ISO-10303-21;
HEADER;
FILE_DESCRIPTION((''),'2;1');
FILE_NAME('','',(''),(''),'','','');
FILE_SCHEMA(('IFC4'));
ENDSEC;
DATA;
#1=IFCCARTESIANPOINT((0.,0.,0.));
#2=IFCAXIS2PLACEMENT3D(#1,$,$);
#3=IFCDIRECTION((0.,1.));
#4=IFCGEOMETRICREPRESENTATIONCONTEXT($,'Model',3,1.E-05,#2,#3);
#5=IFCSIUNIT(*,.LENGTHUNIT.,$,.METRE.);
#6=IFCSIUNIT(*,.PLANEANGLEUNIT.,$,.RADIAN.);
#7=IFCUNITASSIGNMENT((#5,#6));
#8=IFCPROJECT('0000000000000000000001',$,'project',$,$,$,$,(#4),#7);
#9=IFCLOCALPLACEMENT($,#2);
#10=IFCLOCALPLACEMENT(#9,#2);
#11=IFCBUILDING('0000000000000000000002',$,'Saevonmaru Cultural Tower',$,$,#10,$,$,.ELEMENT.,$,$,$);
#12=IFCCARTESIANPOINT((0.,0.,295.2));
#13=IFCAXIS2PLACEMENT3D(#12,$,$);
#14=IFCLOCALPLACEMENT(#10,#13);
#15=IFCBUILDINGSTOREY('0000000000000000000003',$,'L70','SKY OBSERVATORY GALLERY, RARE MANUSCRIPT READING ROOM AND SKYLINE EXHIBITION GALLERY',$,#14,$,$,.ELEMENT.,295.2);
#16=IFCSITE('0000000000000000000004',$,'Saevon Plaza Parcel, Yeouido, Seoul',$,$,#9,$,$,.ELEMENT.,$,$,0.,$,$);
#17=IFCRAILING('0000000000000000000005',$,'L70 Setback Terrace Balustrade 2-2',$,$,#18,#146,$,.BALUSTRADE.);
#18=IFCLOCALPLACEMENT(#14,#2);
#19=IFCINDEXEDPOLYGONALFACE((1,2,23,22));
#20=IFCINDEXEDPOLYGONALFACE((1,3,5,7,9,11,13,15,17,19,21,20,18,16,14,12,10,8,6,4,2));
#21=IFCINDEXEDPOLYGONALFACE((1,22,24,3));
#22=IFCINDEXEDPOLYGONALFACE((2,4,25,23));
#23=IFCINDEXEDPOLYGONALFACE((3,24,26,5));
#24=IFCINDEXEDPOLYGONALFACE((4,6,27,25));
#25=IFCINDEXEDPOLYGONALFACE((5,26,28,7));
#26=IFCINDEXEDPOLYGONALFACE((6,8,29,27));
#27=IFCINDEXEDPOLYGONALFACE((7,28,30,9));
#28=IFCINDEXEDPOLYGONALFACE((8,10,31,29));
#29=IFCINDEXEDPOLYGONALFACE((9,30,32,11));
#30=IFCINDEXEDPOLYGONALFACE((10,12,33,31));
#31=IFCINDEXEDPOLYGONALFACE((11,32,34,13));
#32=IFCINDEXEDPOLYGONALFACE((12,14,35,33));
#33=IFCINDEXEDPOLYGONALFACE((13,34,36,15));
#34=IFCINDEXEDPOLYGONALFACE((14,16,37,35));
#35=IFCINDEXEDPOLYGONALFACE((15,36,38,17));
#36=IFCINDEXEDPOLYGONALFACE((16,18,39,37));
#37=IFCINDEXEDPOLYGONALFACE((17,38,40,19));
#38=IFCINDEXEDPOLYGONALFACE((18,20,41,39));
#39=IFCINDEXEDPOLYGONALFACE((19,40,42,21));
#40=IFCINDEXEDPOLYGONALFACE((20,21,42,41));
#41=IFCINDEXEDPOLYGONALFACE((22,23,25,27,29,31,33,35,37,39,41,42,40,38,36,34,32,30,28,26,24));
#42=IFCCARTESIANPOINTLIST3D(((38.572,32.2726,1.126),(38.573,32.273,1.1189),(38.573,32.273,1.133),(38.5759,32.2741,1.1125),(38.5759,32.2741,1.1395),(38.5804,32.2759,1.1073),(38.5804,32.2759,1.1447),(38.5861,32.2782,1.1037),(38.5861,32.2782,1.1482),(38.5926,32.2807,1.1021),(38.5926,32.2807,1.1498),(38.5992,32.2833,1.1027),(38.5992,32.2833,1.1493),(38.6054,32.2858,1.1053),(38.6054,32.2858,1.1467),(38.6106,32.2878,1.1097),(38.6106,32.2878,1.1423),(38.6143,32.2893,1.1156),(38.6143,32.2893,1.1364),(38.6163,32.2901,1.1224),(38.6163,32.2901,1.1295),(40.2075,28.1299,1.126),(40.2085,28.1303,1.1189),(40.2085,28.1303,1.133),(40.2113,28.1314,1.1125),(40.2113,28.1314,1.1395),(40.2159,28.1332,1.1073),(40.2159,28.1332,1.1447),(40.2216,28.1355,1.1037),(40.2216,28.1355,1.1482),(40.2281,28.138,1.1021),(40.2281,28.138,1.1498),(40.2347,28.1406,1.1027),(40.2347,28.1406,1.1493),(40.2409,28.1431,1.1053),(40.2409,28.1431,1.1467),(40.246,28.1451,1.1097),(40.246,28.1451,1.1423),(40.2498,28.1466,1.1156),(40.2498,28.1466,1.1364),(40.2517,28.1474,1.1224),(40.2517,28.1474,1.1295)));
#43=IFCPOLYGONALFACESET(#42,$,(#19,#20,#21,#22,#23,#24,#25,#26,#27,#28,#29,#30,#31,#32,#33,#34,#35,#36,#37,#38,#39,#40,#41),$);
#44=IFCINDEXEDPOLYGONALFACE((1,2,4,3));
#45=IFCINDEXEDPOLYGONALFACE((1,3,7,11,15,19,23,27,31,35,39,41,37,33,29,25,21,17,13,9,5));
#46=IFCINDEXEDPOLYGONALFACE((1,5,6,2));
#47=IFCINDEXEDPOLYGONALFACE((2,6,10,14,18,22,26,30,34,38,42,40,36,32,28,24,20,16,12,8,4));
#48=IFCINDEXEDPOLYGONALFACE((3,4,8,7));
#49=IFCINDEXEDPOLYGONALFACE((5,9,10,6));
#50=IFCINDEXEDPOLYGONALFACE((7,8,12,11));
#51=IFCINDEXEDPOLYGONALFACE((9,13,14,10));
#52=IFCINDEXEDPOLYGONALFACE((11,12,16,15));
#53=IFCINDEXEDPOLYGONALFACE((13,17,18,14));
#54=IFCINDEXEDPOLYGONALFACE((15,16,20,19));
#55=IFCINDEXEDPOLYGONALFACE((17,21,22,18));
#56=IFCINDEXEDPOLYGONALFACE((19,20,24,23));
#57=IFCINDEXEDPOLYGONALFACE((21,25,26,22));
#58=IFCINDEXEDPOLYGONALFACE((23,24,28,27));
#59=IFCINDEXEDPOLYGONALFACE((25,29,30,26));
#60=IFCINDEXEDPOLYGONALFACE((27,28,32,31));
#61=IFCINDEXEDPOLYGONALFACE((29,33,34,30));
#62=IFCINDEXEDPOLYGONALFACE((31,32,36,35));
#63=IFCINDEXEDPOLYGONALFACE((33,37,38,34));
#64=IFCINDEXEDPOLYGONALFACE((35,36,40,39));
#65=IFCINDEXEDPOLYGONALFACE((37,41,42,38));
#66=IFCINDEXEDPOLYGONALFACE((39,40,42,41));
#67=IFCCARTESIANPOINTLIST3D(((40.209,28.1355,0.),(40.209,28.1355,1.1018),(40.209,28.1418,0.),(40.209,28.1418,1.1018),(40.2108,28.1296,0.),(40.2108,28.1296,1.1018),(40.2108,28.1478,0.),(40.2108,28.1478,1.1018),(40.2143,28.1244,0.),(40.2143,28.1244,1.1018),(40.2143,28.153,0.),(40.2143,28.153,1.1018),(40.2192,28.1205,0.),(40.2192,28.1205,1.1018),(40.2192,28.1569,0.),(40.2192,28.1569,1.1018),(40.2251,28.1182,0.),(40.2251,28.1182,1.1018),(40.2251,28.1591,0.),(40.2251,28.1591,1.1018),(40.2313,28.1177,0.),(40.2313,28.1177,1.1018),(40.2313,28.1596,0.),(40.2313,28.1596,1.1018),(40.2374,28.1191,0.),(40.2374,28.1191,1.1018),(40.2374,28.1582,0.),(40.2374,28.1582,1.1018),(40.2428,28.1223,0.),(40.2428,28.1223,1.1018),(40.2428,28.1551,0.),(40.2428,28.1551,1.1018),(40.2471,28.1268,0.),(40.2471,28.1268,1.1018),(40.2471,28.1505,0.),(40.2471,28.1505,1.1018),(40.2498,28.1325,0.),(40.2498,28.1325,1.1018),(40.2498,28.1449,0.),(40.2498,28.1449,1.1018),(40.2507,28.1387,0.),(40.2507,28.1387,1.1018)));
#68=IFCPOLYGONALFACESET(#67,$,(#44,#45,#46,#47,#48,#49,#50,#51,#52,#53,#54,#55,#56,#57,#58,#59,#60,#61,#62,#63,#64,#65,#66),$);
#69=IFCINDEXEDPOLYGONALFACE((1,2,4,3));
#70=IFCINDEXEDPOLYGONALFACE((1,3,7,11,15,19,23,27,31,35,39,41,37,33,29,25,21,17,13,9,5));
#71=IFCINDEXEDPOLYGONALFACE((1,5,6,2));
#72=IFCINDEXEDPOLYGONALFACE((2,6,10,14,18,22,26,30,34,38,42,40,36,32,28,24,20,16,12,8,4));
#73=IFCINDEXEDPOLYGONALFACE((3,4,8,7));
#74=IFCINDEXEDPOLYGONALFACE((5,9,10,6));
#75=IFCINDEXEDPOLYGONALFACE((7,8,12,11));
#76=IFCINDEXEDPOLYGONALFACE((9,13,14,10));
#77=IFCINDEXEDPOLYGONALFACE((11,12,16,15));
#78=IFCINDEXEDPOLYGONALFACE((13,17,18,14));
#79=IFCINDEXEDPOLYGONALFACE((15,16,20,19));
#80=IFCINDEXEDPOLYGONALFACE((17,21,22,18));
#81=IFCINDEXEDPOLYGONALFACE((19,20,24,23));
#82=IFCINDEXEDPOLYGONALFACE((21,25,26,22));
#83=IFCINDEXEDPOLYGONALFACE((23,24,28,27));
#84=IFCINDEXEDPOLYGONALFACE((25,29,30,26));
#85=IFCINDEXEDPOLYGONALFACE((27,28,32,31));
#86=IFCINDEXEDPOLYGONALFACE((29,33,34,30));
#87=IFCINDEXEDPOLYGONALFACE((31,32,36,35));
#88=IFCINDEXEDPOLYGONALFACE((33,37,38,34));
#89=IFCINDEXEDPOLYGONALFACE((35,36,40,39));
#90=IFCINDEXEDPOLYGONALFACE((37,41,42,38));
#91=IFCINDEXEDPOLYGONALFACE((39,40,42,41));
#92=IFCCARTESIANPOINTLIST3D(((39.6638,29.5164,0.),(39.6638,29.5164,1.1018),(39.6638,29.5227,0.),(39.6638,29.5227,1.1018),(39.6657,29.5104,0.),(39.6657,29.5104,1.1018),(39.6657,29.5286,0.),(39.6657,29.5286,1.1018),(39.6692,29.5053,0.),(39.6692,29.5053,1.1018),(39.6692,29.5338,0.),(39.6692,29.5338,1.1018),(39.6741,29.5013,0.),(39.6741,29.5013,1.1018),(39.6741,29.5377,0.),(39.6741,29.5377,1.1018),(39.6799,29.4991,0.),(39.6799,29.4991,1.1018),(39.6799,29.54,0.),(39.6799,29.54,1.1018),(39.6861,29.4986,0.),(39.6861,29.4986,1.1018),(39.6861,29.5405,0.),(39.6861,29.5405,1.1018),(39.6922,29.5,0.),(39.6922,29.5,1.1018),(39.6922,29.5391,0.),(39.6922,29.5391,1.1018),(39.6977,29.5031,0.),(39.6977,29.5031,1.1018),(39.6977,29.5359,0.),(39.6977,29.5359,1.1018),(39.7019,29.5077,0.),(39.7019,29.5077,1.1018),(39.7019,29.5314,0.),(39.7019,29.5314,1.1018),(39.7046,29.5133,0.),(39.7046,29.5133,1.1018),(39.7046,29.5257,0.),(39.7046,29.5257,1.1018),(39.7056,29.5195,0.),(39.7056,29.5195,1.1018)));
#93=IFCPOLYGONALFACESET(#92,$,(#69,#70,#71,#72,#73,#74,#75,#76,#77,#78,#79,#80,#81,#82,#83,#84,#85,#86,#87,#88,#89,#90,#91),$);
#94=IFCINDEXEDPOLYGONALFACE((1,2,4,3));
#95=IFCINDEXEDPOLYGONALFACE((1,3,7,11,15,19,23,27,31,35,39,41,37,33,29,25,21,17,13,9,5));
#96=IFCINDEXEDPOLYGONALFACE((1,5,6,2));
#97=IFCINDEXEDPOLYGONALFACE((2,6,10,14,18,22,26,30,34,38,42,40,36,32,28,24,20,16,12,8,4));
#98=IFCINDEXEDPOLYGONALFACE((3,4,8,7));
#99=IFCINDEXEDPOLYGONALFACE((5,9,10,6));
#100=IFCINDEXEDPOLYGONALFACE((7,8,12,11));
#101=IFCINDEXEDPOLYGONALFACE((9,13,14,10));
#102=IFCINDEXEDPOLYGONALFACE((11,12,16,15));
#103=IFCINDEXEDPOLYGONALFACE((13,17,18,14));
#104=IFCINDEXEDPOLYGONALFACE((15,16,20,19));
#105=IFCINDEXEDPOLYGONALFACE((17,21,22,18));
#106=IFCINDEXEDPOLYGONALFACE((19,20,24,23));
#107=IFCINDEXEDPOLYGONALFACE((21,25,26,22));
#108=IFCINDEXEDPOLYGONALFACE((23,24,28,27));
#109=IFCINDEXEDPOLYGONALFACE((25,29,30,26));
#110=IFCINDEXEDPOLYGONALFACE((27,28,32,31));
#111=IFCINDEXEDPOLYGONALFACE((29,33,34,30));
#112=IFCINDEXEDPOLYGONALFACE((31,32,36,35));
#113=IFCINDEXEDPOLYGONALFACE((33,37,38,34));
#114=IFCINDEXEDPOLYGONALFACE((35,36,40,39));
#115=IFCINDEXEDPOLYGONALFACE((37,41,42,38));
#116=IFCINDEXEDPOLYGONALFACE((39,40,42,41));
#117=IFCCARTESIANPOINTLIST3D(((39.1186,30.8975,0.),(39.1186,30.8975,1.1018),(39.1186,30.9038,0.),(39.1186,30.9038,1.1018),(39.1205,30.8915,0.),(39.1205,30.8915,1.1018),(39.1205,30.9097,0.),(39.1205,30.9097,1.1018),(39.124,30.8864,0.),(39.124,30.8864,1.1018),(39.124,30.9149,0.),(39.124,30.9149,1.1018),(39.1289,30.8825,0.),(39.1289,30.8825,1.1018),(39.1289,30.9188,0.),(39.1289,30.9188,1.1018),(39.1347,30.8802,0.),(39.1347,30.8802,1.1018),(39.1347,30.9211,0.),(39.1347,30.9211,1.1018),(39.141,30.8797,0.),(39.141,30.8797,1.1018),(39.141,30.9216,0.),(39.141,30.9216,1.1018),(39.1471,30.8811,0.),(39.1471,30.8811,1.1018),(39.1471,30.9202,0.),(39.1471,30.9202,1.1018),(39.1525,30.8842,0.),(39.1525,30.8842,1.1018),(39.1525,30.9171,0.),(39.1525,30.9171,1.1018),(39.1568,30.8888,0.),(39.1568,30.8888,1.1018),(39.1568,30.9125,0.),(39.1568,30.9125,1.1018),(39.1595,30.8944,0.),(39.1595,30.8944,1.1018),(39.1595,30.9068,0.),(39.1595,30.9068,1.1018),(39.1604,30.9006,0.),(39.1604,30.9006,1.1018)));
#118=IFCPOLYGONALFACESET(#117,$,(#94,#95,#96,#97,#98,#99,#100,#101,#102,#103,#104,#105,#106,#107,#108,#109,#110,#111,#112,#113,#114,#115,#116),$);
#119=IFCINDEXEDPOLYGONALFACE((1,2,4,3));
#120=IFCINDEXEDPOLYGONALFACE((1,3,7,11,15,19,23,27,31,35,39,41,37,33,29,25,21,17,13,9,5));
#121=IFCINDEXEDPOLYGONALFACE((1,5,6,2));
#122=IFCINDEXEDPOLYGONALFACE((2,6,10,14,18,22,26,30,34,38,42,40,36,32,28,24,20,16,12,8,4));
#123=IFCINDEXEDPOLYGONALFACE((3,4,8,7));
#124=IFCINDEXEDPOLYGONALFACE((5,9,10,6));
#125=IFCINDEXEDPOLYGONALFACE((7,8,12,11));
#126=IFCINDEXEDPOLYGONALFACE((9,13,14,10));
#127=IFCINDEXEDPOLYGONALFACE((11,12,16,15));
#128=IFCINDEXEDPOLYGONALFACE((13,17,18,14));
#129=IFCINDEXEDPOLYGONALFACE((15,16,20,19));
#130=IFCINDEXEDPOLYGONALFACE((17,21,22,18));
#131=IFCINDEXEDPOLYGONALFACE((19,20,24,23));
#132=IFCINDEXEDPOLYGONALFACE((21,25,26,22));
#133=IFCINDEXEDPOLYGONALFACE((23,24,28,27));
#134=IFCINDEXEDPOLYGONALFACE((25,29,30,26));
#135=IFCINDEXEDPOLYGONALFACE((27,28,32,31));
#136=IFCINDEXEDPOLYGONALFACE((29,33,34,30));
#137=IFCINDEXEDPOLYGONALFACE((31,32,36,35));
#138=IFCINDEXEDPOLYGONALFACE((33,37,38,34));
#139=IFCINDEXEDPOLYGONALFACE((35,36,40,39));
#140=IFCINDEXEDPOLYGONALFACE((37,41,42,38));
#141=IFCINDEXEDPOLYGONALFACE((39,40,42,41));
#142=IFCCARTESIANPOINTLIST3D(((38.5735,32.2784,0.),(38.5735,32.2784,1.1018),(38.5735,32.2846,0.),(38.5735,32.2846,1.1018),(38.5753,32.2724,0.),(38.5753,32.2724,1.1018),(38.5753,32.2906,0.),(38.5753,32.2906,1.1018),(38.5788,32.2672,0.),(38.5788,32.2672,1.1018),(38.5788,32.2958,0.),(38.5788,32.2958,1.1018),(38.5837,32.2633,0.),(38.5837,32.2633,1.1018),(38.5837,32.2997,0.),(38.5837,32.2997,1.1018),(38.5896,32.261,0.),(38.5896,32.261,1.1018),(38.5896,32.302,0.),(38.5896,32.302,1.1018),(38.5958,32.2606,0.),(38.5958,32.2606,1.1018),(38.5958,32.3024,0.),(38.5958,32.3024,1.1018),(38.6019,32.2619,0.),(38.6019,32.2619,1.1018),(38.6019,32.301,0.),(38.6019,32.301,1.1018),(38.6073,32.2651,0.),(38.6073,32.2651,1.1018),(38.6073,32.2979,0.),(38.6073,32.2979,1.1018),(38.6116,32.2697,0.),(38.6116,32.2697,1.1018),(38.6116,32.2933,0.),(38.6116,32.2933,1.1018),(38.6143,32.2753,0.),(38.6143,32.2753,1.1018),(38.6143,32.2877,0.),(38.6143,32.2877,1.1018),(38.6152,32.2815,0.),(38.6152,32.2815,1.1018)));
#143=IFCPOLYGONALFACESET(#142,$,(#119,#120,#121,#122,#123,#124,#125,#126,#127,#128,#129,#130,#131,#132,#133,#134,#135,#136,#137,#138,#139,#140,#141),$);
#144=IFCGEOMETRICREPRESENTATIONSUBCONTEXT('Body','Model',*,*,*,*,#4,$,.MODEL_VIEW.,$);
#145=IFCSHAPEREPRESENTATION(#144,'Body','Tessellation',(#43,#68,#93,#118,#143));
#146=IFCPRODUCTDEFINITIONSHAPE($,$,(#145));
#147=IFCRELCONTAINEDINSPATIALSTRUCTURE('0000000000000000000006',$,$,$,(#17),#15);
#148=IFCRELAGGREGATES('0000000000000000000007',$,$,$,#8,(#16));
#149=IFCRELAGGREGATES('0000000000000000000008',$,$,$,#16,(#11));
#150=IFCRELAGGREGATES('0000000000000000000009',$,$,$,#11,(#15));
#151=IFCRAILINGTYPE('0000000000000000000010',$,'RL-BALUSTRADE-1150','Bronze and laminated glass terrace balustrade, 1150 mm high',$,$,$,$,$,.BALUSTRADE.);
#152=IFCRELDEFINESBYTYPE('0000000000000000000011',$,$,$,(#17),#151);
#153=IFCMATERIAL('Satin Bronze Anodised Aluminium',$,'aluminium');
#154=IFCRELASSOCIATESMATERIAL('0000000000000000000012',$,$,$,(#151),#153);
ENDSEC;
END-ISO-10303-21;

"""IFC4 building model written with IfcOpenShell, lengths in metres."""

from ifc_helpers import new_model, si_unit, direction, frame, origin, origin_2d, place, context, subcontext, project, spatial, circle, extrude, material, type_object, element, save


model = new_model("IFC4")

# Units and contexts
model_context = context("Model", 3, precision=1e-05, world=origin(), true_north=direction((0.0, 1.0)))
body_context = subcontext(model_context, "Body", "Model", "MODEL_VIEW")
ifc_project = project(units=[si_unit("LENGTHUNIT", "METRE"), si_unit("PLANEANGLEUNIT", "RADIAN")], contexts=[model_context])

# Site, building, storey
site_placement = place(None, origin())
site = spatial("IfcSite", under=ifc_project, at=site_placement, Name="Saevon Plaza Parcel, Yeouido, Seoul", CompositionType="ELEMENT", RefElevation=0.0)
building_placement = place(site_placement, origin())
building = spatial("IfcBuilding", under=site, at=building_placement, Name="Saevonmaru Cultural Tower", CompositionType="ELEMENT")
storey_placement = place(building_placement, frame((0.0, 0.0, 295.2)))
storey = spatial("IfcBuildingStorey", under=building, at=storey_placement, Name="L70", Description="SKY OBSERVATORY GALLERY, RARE MANUSCRIPT READING ROOM AND SKYLINE EXHIBITION GALLERY", CompositionType="ELEMENT", Elevation=295.2)

# Shared definitions
ifc_material_1 = material(Name="Satin Bronze Anodised Aluminium", Category="aluminium")

# Railing
railing_type = type_object("IfcRailingType", Name="RL-BALUSTRADE-1150", Description="Bronze and laminated glass terrace balustrade, 1150 mm high", PredefinedType="BALUSTRADE", material=ifc_material_1)
railing_placement = place(storey_placement, frame((40.2297, 28.1387, 0.0)))
element("IfcRailing", 1, at=railing_placement, inside=storey, type_object=railing_type, Name="L70 Setback Terrace Balustrade 2-2", PredefinedType="BALUSTRADE", context=body_context, shape_type="SweptSolid", body=[
    extrude(circle(Radius=0.0239, at=origin_2d()), frame((0.0, 0.0, 1.126), z_axis=(-0.3672, 0.930142, 0.0), x_axis=(-0.930142, -0.3672, 0.0)), (0.0, 0.0, 1.0), 4.4539),
    extrude(circle(Radius=0.021, at=origin_2d()), origin(), (0.0, 0.0, 1.0), 1.1018),
    extrude(circle(Radius=0.021, at=origin_2d()), frame((-0.5452, 1.3809, 0.0)), (0.0, 0.0, 1.0), 1.1018),
    extrude(circle(Radius=0.021, at=origin_2d()), frame((-1.0903, 2.762, 0.0)), (0.0, 0.0, 1.0), 1.1018),
    extrude(circle(Radius=0.021, at=origin_2d()), frame((-1.6355, 4.1428, 0.0)), (0.0, 0.0, 1.0), 1.1018),
])

save(model, "model.ifc")
